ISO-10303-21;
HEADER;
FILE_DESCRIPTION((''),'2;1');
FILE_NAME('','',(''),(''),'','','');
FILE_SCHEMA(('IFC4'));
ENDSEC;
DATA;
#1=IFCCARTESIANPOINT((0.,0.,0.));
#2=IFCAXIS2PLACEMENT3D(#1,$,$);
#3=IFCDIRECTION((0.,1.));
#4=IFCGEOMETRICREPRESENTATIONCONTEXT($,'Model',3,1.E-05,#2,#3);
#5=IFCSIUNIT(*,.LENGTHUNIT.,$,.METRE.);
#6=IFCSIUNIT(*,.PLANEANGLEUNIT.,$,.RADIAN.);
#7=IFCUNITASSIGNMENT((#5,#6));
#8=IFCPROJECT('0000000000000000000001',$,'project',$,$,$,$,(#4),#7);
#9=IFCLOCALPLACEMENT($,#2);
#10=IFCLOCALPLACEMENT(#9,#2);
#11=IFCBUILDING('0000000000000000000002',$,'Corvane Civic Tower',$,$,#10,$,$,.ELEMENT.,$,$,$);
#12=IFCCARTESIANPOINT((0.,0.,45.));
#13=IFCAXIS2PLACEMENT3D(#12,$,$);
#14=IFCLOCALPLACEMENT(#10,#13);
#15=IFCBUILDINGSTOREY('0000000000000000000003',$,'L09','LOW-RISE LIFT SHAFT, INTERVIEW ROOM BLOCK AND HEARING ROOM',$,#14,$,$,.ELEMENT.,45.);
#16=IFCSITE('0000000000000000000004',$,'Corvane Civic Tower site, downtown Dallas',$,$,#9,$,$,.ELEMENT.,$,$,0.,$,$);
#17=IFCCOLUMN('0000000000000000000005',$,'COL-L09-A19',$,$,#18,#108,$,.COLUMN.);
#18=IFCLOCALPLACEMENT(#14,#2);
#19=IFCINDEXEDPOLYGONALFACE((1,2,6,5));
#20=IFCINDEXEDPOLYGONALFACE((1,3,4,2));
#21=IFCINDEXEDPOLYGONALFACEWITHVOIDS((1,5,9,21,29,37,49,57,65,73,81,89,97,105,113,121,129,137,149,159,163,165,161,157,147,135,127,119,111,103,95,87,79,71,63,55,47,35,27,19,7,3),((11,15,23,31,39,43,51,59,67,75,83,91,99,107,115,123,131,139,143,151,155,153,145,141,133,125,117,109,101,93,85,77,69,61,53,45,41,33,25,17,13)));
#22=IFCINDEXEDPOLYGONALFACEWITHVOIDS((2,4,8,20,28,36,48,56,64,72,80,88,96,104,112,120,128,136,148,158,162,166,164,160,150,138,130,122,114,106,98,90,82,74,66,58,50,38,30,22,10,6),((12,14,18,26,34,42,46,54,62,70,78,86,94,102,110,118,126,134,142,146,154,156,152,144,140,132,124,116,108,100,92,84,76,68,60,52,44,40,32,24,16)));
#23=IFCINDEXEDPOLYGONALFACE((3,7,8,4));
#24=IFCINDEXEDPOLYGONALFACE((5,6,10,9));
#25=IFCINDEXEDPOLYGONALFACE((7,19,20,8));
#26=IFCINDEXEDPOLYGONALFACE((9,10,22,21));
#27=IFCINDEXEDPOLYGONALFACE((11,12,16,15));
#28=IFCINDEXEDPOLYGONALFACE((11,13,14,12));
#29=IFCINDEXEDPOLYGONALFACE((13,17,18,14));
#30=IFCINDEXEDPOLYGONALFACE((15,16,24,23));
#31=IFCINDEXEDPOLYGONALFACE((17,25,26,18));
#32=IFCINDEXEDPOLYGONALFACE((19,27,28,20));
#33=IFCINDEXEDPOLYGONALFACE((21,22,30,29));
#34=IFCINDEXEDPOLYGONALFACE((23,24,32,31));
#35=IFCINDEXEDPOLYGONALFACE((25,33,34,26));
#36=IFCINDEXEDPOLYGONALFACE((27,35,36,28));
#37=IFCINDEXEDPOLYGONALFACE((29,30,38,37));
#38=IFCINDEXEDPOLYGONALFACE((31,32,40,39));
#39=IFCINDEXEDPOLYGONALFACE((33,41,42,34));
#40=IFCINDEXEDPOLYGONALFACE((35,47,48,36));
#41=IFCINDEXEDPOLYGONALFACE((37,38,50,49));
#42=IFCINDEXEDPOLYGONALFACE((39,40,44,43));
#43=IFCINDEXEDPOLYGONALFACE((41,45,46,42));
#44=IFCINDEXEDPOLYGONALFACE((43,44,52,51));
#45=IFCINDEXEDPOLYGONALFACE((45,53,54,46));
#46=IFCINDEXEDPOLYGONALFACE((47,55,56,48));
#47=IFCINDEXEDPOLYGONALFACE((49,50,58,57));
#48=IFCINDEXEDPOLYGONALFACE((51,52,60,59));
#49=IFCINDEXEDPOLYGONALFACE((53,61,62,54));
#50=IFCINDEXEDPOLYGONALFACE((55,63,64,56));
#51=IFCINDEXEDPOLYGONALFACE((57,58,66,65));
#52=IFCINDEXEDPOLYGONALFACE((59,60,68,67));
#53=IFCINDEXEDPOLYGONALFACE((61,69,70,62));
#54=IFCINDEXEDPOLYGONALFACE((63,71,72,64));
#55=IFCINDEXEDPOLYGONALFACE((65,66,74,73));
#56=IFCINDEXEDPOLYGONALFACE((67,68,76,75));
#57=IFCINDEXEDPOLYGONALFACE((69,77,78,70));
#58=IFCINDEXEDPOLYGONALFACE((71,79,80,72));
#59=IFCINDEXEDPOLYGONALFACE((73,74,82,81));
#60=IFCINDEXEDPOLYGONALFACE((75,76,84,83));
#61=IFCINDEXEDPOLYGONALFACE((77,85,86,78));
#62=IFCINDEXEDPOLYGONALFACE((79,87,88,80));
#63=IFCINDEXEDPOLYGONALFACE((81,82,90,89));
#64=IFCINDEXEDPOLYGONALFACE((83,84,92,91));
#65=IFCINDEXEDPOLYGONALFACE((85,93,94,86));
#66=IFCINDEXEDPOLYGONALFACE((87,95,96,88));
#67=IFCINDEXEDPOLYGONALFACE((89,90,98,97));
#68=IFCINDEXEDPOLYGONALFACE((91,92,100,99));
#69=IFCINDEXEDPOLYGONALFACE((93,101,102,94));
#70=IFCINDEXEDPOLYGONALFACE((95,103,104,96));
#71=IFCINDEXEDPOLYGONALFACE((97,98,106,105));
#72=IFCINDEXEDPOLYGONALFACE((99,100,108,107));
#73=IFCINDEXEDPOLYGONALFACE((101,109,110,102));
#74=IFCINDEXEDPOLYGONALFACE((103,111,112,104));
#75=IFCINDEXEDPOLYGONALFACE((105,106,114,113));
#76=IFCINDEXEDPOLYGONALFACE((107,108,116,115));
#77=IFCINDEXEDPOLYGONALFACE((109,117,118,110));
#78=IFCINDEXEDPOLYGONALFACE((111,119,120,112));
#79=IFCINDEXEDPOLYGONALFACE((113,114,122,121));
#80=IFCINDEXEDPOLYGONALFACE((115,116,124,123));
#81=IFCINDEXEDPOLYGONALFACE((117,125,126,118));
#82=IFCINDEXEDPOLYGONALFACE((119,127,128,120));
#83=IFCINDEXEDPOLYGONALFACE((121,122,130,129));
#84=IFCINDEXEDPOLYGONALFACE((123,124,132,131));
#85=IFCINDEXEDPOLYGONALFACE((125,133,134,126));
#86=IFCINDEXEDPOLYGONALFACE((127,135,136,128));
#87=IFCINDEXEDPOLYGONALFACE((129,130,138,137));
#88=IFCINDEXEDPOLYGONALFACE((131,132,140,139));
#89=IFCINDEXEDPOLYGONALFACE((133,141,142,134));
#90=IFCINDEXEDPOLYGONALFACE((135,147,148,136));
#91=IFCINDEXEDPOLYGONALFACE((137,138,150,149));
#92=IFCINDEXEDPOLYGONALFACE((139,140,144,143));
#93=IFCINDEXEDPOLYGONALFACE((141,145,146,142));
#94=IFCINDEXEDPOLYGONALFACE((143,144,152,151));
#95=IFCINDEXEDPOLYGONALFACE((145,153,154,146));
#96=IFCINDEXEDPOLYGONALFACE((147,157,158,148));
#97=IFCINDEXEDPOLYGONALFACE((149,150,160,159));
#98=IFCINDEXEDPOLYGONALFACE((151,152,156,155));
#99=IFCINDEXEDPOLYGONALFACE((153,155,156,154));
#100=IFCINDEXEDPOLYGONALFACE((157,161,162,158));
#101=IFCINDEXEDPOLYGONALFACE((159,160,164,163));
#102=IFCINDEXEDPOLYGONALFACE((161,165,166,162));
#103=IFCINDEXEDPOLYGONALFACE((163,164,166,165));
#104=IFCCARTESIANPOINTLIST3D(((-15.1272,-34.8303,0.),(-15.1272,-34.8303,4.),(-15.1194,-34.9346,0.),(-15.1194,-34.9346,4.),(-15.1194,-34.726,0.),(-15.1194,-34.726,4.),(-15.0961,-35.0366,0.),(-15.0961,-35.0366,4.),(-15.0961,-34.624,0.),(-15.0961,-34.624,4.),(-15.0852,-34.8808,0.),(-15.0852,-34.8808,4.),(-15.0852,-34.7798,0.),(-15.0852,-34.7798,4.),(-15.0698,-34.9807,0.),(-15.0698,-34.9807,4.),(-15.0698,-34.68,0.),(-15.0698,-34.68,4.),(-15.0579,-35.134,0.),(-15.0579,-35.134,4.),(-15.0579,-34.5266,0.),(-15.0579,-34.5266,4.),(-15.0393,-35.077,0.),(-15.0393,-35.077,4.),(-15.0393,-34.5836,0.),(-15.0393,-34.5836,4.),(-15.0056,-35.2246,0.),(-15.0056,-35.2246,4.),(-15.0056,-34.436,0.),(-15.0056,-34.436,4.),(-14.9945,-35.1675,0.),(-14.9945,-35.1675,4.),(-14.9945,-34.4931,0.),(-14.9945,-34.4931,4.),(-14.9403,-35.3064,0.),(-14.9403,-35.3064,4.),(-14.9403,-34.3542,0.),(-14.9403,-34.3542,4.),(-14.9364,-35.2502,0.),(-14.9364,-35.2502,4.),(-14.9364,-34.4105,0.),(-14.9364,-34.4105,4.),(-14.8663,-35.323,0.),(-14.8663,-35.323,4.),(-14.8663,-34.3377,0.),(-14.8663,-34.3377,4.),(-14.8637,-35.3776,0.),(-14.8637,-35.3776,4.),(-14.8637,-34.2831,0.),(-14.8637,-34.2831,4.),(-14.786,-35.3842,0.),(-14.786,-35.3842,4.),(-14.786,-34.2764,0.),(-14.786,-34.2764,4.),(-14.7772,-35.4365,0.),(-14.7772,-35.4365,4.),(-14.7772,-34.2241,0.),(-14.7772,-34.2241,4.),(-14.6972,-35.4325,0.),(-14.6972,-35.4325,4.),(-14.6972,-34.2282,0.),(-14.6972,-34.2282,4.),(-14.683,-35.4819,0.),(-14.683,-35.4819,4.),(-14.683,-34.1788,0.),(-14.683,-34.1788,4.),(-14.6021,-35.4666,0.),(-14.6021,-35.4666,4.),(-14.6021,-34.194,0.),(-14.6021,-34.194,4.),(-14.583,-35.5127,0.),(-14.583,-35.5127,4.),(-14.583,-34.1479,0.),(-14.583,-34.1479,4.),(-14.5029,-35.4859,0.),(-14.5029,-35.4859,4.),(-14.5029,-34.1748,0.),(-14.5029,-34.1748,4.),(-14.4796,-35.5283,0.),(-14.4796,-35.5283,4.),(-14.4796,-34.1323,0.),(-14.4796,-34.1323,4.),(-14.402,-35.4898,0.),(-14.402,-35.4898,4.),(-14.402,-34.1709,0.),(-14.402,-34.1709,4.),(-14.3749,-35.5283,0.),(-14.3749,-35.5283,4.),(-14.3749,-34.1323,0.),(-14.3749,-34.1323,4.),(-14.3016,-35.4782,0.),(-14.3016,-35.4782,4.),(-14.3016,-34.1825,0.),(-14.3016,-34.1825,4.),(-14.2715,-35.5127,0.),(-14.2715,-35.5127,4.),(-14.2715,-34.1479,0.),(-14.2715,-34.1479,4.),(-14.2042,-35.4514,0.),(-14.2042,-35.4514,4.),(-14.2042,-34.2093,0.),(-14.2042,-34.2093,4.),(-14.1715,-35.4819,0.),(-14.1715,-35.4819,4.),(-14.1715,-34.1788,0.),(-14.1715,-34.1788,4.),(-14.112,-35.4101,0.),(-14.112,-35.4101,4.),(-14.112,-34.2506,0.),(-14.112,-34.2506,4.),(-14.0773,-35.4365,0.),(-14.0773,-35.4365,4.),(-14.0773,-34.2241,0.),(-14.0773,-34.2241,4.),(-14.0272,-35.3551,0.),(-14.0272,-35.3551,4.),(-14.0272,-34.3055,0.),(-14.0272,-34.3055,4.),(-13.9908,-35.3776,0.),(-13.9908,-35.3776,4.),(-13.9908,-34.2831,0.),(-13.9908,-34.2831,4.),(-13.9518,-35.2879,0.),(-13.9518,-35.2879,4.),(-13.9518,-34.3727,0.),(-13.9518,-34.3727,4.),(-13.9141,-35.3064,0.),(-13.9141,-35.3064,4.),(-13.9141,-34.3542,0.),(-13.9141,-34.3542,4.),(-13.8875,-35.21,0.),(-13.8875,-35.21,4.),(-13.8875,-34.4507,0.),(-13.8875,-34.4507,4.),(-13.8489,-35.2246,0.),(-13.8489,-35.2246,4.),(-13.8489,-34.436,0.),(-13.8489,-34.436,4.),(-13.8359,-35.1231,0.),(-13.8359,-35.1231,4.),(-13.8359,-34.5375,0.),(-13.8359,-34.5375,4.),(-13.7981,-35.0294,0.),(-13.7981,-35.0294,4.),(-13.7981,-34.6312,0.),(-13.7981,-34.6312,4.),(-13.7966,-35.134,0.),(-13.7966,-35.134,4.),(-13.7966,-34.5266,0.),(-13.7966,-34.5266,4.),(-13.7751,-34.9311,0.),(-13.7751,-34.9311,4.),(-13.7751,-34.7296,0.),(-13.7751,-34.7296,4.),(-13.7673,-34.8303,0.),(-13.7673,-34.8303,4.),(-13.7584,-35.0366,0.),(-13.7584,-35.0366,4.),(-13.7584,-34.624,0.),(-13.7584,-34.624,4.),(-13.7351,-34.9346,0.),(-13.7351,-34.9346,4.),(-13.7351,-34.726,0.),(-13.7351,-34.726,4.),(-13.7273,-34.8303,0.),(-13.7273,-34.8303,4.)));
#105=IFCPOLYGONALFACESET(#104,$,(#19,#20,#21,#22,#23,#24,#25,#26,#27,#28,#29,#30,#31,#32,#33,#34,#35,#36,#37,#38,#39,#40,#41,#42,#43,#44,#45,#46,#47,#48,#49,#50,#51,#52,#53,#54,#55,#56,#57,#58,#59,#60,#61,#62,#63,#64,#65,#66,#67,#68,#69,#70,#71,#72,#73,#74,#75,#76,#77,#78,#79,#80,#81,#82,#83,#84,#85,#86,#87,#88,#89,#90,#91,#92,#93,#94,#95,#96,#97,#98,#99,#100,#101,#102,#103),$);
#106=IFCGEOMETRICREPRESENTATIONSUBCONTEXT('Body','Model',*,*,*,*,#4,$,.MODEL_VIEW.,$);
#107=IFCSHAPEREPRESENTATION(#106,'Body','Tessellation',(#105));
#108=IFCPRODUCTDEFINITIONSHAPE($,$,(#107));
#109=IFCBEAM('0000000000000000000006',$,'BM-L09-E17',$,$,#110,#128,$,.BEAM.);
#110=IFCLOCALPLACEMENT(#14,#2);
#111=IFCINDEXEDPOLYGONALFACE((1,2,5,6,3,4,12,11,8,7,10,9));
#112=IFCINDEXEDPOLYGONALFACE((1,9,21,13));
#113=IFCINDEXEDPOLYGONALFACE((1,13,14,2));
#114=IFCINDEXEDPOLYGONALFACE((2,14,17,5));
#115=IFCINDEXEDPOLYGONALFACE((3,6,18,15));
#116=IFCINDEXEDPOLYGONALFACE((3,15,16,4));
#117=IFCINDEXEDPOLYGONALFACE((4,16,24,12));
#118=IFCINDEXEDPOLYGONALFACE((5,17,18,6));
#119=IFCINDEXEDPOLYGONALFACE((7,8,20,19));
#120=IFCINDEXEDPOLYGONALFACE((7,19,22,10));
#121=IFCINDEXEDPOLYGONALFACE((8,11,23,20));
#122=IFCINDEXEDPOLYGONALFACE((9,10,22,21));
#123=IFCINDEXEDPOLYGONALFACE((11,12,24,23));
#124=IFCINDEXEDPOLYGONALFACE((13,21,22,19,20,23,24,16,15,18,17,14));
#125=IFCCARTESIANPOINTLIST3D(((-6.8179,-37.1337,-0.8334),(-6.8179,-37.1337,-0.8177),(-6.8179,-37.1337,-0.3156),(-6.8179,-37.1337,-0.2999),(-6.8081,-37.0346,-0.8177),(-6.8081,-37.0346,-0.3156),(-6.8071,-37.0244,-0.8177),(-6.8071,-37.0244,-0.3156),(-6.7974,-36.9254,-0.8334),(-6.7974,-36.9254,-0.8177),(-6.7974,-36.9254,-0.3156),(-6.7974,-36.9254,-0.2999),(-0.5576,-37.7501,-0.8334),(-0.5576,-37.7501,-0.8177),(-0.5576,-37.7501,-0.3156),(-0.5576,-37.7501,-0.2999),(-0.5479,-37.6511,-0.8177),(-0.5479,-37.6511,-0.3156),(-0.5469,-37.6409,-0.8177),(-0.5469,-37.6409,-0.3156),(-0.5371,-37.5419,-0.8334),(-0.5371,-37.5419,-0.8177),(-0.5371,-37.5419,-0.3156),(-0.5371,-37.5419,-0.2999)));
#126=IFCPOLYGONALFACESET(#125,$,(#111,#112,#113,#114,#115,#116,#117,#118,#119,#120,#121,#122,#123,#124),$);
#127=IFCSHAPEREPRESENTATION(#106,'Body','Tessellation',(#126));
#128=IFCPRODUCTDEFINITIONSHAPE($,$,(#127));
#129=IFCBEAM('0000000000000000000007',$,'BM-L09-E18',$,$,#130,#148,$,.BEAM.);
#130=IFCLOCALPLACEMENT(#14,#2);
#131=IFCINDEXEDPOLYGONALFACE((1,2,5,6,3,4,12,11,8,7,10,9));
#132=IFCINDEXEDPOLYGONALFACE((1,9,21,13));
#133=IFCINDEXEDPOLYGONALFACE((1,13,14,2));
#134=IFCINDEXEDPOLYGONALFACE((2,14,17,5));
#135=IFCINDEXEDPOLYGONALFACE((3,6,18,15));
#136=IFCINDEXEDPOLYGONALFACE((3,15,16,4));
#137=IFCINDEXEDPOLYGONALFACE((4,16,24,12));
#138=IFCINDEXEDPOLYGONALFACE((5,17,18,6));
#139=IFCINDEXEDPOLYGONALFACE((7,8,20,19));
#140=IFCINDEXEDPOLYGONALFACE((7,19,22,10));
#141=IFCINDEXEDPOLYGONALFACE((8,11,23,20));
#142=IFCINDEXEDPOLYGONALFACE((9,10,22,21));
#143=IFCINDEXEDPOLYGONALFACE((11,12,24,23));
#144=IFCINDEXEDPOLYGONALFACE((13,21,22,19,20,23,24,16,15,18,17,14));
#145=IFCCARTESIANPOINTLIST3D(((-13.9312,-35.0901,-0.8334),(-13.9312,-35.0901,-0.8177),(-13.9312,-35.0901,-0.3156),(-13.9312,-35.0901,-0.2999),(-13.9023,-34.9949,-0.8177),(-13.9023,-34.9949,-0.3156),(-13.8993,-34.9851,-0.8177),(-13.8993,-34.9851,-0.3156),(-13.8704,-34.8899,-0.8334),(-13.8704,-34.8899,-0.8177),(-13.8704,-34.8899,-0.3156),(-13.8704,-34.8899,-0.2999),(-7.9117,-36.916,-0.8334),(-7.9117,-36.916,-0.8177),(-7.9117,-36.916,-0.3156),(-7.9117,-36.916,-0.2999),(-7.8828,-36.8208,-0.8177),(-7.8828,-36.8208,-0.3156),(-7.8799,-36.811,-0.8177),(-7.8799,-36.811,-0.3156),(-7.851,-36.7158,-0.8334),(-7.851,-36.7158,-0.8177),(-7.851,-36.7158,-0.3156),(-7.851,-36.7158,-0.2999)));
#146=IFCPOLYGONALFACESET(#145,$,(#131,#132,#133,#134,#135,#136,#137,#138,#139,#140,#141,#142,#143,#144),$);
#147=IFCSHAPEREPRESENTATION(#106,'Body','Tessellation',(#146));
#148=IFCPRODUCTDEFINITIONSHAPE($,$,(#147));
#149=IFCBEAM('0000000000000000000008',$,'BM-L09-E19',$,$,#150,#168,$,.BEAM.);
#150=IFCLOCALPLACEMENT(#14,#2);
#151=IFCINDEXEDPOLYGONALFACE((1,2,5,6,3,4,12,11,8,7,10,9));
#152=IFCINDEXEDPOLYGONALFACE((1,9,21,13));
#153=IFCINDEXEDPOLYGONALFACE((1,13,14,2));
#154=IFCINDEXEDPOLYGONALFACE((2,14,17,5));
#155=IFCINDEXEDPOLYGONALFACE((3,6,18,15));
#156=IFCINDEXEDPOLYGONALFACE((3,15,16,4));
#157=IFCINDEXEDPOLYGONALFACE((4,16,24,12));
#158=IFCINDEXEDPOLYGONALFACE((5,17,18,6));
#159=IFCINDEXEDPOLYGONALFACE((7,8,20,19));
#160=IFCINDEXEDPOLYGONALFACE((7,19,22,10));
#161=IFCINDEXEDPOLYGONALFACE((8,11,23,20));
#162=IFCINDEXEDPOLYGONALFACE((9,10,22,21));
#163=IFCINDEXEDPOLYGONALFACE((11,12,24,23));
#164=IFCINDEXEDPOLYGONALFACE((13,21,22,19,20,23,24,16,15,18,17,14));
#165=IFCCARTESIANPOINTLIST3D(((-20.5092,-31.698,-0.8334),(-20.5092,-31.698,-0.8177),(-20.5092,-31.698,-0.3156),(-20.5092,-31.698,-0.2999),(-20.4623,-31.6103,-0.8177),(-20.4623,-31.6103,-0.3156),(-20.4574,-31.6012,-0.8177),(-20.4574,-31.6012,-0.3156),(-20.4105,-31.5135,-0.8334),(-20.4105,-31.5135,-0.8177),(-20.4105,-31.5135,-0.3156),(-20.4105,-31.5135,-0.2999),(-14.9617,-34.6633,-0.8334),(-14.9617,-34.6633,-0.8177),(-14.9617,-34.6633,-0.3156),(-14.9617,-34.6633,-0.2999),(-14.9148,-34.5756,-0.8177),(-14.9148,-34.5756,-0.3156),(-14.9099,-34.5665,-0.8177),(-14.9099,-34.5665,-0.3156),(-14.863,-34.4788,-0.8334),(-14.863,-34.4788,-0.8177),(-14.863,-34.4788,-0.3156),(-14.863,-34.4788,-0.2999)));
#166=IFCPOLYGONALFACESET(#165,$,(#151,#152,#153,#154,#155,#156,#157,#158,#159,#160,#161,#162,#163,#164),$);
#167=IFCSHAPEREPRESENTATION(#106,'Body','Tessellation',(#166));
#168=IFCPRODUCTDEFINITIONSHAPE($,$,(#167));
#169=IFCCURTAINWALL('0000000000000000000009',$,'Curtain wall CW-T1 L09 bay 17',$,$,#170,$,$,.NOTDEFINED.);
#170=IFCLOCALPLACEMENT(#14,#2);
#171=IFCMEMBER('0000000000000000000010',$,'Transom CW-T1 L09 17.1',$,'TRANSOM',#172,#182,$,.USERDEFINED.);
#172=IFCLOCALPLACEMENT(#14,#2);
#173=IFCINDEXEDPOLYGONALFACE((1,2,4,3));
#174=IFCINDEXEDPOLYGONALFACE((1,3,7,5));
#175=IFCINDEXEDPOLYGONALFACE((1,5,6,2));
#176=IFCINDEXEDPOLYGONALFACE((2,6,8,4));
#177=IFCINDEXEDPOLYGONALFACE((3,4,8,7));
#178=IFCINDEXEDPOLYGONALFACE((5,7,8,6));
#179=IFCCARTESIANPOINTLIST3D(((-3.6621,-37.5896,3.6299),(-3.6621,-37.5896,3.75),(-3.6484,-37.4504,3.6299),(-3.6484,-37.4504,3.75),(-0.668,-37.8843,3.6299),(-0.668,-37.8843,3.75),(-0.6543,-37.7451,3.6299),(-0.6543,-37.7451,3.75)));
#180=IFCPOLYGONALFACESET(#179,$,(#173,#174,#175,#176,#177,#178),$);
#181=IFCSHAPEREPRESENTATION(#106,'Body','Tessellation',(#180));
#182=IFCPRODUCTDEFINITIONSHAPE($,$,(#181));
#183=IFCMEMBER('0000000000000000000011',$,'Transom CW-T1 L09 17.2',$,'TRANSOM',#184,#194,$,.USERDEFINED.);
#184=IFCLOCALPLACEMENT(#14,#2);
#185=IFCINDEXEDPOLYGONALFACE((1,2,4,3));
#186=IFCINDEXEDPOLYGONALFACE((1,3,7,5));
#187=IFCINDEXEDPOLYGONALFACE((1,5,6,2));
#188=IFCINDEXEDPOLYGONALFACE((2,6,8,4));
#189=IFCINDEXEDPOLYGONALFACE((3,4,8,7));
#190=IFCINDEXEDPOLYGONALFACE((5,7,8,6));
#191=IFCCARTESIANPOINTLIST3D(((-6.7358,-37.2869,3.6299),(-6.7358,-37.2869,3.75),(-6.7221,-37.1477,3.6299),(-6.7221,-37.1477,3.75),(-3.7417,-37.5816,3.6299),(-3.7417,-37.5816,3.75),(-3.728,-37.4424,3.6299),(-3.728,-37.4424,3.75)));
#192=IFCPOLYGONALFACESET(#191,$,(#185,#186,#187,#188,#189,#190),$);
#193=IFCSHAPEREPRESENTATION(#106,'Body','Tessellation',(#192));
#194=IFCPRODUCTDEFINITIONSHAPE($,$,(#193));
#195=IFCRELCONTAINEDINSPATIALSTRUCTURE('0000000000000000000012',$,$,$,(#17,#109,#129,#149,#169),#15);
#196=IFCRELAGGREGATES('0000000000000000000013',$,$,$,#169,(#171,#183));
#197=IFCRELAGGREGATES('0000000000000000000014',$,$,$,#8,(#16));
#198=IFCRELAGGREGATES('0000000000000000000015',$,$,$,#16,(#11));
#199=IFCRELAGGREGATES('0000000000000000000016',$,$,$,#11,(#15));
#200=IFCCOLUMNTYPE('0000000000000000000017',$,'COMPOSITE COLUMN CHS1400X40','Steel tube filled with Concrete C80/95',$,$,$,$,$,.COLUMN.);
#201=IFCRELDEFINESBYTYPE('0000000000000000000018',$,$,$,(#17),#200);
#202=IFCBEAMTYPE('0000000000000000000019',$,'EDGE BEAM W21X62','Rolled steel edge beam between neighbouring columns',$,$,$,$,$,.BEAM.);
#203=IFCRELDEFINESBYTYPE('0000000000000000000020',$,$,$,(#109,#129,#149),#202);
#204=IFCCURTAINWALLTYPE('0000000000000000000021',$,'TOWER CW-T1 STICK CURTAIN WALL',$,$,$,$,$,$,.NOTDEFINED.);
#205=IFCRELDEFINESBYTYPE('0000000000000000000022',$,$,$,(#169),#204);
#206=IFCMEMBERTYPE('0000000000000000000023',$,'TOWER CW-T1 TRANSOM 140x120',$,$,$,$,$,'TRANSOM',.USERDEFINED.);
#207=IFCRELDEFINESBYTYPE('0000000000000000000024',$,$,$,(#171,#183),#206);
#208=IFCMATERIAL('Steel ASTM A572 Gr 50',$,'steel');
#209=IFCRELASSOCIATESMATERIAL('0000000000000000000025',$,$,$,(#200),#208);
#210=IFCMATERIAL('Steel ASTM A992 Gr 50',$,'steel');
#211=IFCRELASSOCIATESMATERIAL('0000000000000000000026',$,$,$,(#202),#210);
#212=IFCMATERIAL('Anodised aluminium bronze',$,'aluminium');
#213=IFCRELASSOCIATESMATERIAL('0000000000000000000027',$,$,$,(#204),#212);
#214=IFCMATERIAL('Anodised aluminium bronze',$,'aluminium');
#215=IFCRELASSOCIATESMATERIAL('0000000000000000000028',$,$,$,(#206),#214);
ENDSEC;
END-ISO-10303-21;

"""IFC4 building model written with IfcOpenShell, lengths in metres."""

from ifc_helpers import new_model, si_unit, direction, frame, origin, origin_2d, place, context, subcontext, project, spatial, rectangle, hollow_circle, i_section, extrude, material, material_profile, profile_set, type_object, element, aggregate, save


model = new_model("IFC4")

# Units and contexts
model_context = context("Model", 3, precision=1e-05, world=origin(), true_north=direction((0.0, 1.0)))
body_context = subcontext(model_context, "Body", "Model", "MODEL_VIEW")
ifc_project = project(units=[si_unit("LENGTHUNIT", "METRE"), si_unit("PLANEANGLEUNIT", "RADIAN")], contexts=[model_context])

# Site, building, storey
site_placement = place(None, origin())
site = spatial("IfcSite", under=ifc_project, at=site_placement, Name="Corvane Civic Tower site, downtown Dallas", CompositionType="ELEMENT", RefElevation=0.0)
building_placement = place(site_placement, origin())
building = spatial("IfcBuilding", under=site, at=building_placement, Name="Corvane Civic Tower", CompositionType="ELEMENT")
storey_placement = place(building_placement, frame((0.0, 0.0, 45.0)))
storey = spatial("IfcBuildingStorey", under=building, at=storey_placement, Name="L09", Description="LOW-RISE LIFT SHAFT, INTERVIEW ROOM BLOCK AND HEARING ROOM", CompositionType="ELEMENT", Elevation=45.0)

# Column
ifc_material_1 = material(Name="Steel ASTM A572 Gr 50", Category="steel")
ifc_material_profile_1 = material_profile(ifc_material_1, hollow_circle(Radius=0.7, WallThickness=0.04, at=origin_2d()), Name="CHS1400X40")
ifc_profile_set_1 = profile_set([ifc_material_profile_1], Name="Steel ASTM A572 Gr 50")
column_type = type_object("IfcColumnType", Name="COMPOSITE COLUMN CHS1400X40", Description="Steel tube filled with Concrete C80/95", PredefinedType="COLUMN", material=ifc_profile_set_1)
for number, where, z_axis, x_axis, name in (
    (1, (-14.4272, -34.8303, 0.0), (0.0, 0.0, 1.0), (1.0, 0.0, 0.0), "COL-L09-A19"),
):
    element("IfcColumn", number, at=place(storey_placement, frame(where, z_axis=z_axis, x_axis=x_axis)), inside=storey, type_object=column_type, Name=name, PredefinedType="COLUMN", context=body_context, shape_type="SweptSolid", body=[
        extrude(hollow_circle(Radius=0.7, WallThickness=0.04, at=origin_2d()), origin(), (0.0, 0.0, 1.0), 4.0),
    ])

# Beams
ifc_material_2 = material(Name="Steel ASTM A992 Gr 50", Category="steel")
ifc_material_profile_2 = material_profile(ifc_material_2, i_section(OverallWidth=0.2092, OverallDepth=0.5334, WebThickness=0.0103, FlangeThickness=0.0156, at=origin_2d()), Name="W21X62")
ifc_profile_set_2 = profile_set([ifc_material_profile_2], Name="Steel ASTM A992 Gr 50")
beam_type = type_object("IfcBeamType", Name="EDGE BEAM W21X62", Description="Rolled steel edge beam between neighbouring columns", PredefinedType="BEAM", material=ifc_profile_set_2)
beam_placement = place(storey_placement, frame((-0.5474, -37.646, -0.5667), z_axis=(-0.995187, 0.097997, 0.0), x_axis=(-0.097997, -0.995187, 0.0)))
element("IfcBeam", 2, at=beam_placement, inside=storey, type_object=beam_type, Name="BM-L09-E17", PredefinedType="BEAM", context=body_context, shape_type="SweptSolid", body=[
    extrude(i_section(OverallWidth=0.2092, OverallDepth=0.5334, WebThickness=0.0103, FlangeThickness=0.0156, at=origin_2d()), origin(), (0.0, 0.0, 1.0), 6.2905),
])
for number, where, z_axis, x_axis, name in (
    (3, (-7.8813, -36.8159, -0.5667), (-0.956944, 0.290273, 0.0), (-0.290273, -0.956944, 0.0), "BM-L09-E18"),
    (4, (-14.9124, -34.571, -0.5667), (-0.881916, 0.471406, 0.0), (-0.471406, -0.881916, 0.0), "BM-L09-E19"),
):
    element("IfcBeam", number, at=place(storey_placement, frame(where, z_axis=z_axis, x_axis=x_axis)), inside=storey, type_object=beam_type, Name=name, PredefinedType="BEAM", context=body_context, shape_type="SweptSolid", body=[
        extrude(i_section(OverallWidth=0.2092, OverallDepth=0.5334, WebThickness=0.0103, FlangeThickness=0.0156, at=origin_2d()), origin(), (0.0, 0.0, 1.0), 6.2903),
    ])

# Curtain wall, members
ifc_material_3 = material(Name="Anodised aluminium bronze", Category="aluminium")
curtain_wall_type = type_object("IfcCurtainWallType", Name="TOWER CW-T1 STICK CURTAIN WALL", PredefinedType="NOTDEFINED", material=ifc_material_3)
curtain_wall_1_placement = place(storey_placement, origin())
curtain_wall_1 = element("IfcCurtainWall", 5, at=curtain_wall_1_placement, inside=storey, type_object=curtain_wall_type, Name="Curtain wall CW-T1 L09 bay 17", PredefinedType="NOTDEFINED")
ifc_material_4 = material(Name="Anodised aluminium bronze", Category="aluminium")
ifc_material_profile_3 = material_profile(ifc_material_4, rectangle(XDim=0.1399, YDim=0.1201, at=origin_2d()), Name="TOWER CW-T1 TRANSOM 140x120")
ifc_profile_set_3 = profile_set([ifc_material_profile_3], Name="Anodised aluminium bronze")
member_type_1 = type_object("IfcMemberType", Name="TOWER CW-T1 TRANSOM 140x120", ElementType="TRANSOM", PredefinedType="USERDEFINED", material=ifc_profile_set_3)
member_1_placement = place(storey_placement, frame((-0.6611, -37.8147, 3.6899), z_axis=(-0.995192, 0.097945, 0.0), x_axis=(-0.097945, -0.995192, 0.0)))
member_1 = element("IfcMember", 6, at=member_1_placement, type_object=member_type_1, Name="Transom CW-T1 L09 17.1", ObjectType="TRANSOM", PredefinedType="USERDEFINED", context=body_context, shape_type="SweptSolid", body=[
    extrude(rectangle(XDim=0.1399, YDim=0.1201, at=origin_2d()), origin(), (0.0, 0.0, 1.0), 3.0085),
])
member_2_placement = place(storey_placement, frame((-3.7349, -37.512, 3.6899), z_axis=(-0.995192, 0.097945, 0.0), x_axis=(-0.097945, -0.995192, 0.0)))
member_2 = element("IfcMember", 7, at=member_2_placement, type_object=member_type_1, Name="Transom CW-T1 L09 17.2", ObjectType="TRANSOM", PredefinedType="USERDEFINED", context=body_context, shape_type="SweptSolid", body=[
    extrude(rectangle(XDim=0.1399, YDim=0.1201, at=origin_2d()), origin(), (0.0, 0.0, 1.0), 3.0085),
])

aggregate(curtain_wall_1, [member_1, member_2])

save(model, "model.ifc")
